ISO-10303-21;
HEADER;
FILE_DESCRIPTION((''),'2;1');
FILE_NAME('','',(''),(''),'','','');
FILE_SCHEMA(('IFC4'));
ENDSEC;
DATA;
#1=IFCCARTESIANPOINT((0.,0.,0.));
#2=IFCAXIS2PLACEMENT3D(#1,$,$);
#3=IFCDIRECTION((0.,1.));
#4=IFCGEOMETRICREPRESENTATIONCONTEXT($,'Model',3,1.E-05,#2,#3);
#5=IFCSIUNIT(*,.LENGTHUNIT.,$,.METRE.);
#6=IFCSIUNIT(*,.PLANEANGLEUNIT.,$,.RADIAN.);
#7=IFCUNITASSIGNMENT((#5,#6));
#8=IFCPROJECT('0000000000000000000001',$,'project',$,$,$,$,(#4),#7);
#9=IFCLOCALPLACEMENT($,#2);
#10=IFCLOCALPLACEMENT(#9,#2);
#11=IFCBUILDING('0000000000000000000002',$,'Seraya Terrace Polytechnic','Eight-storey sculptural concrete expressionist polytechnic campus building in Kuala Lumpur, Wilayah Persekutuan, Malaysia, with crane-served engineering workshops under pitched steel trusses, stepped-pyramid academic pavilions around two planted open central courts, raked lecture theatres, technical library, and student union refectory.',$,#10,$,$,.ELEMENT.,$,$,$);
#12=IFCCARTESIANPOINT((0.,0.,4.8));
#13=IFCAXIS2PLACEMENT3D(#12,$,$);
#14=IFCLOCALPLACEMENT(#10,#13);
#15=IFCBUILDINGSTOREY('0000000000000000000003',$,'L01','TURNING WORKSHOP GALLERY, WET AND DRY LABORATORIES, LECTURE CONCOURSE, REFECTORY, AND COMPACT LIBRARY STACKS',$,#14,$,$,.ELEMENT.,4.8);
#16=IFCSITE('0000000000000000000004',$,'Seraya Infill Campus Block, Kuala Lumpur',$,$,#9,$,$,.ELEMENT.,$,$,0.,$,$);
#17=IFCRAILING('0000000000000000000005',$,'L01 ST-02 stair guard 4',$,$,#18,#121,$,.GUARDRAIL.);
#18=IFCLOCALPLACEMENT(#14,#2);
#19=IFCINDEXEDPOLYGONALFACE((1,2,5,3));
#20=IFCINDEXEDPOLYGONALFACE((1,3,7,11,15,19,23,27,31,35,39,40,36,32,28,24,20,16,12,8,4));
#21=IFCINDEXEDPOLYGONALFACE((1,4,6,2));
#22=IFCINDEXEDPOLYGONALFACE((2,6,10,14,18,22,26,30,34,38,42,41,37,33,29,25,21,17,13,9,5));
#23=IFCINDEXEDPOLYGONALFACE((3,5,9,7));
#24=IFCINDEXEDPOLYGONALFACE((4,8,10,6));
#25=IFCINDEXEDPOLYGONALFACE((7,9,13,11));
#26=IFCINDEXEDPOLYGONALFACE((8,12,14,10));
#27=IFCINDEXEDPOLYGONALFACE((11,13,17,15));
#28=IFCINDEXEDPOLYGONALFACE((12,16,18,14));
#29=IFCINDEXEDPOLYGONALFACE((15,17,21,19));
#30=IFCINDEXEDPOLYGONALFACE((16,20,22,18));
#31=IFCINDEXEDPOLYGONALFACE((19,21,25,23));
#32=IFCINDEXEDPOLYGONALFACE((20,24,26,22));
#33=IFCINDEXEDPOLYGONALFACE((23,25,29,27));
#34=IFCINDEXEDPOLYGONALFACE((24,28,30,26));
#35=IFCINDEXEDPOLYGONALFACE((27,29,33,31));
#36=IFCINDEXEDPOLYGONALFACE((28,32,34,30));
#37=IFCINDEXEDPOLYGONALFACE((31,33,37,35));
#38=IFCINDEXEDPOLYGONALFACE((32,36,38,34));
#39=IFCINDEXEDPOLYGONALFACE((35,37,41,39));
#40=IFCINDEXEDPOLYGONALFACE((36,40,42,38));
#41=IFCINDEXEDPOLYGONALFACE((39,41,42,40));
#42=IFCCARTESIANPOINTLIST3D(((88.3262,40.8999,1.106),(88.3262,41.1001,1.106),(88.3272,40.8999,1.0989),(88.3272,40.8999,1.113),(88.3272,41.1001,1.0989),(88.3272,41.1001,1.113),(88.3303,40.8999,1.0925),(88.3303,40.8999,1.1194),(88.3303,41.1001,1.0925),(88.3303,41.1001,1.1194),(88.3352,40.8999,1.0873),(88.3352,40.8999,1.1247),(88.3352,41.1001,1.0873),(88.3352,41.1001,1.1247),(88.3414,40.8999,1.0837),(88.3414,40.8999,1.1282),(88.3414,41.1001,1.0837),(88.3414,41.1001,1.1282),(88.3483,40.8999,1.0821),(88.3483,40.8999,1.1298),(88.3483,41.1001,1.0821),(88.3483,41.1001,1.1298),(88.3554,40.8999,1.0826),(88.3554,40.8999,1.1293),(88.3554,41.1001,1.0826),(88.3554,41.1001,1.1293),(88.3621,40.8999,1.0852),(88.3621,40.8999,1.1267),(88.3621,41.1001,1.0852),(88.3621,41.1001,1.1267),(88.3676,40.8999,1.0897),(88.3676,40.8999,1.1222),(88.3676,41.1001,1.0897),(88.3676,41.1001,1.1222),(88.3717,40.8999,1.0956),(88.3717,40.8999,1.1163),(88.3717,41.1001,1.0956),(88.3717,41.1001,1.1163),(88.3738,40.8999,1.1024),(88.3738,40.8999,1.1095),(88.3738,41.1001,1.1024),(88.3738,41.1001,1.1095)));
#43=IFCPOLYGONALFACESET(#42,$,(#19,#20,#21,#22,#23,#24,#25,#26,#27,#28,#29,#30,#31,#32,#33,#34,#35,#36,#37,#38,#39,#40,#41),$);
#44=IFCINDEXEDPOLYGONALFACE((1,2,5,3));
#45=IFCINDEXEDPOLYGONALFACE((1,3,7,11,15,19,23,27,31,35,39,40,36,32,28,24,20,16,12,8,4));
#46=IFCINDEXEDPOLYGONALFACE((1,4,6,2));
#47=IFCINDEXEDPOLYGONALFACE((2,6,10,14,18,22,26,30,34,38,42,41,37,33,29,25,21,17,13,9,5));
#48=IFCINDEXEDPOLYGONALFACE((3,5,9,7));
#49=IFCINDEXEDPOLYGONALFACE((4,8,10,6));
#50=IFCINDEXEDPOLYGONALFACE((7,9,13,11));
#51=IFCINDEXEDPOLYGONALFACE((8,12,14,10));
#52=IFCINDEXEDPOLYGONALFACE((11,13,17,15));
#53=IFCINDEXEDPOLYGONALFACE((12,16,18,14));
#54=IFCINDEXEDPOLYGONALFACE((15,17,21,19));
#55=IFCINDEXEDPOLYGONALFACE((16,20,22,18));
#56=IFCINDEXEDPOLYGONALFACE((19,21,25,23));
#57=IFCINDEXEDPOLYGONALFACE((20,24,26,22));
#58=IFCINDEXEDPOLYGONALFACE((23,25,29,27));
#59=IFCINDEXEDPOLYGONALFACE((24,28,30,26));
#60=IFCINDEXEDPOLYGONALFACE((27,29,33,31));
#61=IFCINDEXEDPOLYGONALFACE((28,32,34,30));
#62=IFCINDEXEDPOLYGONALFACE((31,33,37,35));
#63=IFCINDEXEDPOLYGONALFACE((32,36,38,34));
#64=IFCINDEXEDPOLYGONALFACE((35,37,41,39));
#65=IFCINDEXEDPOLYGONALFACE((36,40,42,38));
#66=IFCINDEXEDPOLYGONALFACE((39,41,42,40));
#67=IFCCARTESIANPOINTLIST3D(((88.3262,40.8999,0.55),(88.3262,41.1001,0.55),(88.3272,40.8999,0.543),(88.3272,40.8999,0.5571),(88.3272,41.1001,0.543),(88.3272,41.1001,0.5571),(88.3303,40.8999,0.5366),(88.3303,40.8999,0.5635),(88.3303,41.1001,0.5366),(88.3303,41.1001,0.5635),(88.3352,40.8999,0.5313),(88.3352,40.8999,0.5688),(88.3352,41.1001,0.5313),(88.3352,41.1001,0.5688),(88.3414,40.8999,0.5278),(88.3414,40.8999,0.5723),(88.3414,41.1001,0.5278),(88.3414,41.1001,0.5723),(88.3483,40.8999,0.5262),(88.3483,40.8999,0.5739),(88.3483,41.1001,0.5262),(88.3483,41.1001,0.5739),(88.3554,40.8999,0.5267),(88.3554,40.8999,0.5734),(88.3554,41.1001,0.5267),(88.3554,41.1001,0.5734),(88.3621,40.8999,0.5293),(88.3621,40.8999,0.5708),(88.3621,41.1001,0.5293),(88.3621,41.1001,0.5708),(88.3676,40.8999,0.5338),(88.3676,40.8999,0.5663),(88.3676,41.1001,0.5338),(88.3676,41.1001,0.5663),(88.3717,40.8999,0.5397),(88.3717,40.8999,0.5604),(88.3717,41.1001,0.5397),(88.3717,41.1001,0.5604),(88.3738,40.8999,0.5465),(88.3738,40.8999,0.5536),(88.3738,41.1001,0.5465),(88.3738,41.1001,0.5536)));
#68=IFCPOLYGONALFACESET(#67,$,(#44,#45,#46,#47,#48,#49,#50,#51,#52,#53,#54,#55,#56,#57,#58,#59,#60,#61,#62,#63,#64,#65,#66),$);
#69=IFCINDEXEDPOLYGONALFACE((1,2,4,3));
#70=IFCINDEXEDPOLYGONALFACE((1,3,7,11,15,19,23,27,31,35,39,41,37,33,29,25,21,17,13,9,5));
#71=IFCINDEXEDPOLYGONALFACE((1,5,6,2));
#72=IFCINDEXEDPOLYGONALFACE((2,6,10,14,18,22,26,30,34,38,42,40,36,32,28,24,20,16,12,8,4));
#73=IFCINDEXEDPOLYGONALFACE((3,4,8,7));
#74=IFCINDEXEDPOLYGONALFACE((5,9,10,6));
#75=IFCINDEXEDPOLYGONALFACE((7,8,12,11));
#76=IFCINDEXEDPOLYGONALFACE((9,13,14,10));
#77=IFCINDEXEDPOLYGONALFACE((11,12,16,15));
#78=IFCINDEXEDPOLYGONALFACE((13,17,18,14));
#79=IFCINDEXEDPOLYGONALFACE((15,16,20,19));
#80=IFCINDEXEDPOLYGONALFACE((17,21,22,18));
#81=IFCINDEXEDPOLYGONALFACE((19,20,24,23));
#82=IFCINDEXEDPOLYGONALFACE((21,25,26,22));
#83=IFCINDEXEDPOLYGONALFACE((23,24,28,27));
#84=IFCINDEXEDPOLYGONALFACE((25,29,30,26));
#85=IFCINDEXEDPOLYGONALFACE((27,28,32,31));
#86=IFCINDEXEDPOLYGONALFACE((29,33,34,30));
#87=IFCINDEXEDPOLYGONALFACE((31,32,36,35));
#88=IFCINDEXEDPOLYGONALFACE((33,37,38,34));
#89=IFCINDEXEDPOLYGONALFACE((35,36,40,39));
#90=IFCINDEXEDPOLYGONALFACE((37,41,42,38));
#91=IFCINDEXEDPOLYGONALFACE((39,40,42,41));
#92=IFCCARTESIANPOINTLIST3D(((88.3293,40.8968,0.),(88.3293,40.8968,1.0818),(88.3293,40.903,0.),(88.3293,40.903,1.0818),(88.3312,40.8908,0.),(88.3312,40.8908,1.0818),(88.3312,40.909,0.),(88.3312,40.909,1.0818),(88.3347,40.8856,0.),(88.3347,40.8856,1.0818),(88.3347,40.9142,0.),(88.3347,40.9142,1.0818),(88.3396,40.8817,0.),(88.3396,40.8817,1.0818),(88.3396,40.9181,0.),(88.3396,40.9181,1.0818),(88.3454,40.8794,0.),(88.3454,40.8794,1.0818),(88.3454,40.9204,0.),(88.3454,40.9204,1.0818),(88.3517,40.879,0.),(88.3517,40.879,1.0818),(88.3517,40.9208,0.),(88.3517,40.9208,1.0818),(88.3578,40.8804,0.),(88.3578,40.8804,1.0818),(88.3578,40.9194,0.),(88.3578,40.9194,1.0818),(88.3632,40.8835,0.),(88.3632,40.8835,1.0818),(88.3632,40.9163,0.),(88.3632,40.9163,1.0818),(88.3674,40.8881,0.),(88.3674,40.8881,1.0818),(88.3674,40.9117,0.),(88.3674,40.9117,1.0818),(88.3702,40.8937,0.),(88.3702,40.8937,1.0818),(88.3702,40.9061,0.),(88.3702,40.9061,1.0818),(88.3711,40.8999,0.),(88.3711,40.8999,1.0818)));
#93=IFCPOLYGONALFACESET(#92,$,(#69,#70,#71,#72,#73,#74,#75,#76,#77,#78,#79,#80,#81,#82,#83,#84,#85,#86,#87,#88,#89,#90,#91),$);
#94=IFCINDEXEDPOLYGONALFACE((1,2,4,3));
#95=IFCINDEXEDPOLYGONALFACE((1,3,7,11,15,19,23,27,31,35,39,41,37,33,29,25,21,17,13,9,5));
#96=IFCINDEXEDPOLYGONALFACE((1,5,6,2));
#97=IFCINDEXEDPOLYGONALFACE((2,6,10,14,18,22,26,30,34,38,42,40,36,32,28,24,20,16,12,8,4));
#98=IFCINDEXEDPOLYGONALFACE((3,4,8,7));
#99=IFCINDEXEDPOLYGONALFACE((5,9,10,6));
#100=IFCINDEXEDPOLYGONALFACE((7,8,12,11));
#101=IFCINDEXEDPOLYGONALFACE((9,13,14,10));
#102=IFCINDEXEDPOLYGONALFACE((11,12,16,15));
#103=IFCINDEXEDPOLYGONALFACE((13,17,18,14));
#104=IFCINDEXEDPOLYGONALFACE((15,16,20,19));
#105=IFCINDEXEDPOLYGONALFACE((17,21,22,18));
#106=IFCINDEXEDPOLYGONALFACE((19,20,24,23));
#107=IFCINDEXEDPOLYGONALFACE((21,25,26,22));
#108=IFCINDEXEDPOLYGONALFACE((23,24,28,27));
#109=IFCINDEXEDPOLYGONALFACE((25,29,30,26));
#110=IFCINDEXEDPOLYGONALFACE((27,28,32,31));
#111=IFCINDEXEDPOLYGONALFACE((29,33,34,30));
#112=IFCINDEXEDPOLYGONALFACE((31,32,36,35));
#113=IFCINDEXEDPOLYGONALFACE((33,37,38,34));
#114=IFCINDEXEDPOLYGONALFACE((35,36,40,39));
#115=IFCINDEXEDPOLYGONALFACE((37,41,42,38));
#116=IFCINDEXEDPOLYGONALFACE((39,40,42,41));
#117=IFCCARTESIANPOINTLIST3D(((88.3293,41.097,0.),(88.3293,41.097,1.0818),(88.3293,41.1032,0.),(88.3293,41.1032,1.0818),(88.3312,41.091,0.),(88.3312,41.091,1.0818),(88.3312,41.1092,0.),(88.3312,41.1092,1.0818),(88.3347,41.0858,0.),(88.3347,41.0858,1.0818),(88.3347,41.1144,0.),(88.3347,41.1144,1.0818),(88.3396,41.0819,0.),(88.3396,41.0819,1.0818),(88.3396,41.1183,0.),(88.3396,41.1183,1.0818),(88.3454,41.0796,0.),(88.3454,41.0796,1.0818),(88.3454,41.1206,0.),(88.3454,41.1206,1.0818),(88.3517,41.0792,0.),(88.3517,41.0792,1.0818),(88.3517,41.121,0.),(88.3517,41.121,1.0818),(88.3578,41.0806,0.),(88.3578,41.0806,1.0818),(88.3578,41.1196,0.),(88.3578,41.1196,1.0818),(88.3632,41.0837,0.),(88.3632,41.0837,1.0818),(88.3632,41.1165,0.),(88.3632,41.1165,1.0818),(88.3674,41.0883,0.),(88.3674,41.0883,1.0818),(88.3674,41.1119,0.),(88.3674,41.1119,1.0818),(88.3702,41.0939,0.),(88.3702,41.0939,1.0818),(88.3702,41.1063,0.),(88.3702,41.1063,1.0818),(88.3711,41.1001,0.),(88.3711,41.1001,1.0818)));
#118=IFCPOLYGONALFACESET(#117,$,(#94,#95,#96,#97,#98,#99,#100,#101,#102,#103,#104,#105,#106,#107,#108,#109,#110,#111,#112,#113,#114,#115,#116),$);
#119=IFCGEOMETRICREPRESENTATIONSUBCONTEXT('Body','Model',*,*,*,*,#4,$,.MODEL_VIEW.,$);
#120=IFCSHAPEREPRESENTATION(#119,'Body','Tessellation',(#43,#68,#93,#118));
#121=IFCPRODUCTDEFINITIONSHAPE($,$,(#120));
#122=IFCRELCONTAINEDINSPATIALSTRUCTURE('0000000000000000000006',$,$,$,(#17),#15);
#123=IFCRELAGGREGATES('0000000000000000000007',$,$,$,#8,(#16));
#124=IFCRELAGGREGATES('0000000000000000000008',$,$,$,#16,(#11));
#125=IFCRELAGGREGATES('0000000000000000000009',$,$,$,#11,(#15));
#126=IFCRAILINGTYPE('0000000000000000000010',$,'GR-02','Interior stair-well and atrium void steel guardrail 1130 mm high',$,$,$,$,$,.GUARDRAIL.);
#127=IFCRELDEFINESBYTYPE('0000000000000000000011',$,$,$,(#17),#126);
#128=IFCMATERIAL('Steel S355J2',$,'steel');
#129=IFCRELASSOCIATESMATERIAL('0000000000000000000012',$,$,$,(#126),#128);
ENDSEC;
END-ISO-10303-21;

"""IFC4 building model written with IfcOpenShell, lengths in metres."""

from ifc_helpers import new_model, si_unit, direction, frame, origin, origin_2d, place, context, subcontext, project, spatial, circle, extrude, material, type_object, element, save


model = new_model("IFC4")

# Units and contexts
model_context = context("Model", 3, precision=1e-05, world=origin(), true_north=direction((0.0, 1.0)))
body_context = subcontext(model_context, "Body", "Model", "MODEL_VIEW")
ifc_project = project(units=[si_unit("LENGTHUNIT", "METRE"), si_unit("PLANEANGLEUNIT", "RADIAN")], contexts=[model_context])

# Site, building, storey
site_placement = place(None, origin())
site = spatial("IfcSite", under=ifc_project, at=site_placement, Name="Seraya Infill Campus Block, Kuala Lumpur", CompositionType="ELEMENT", RefElevation=0.0)
building_placement = place(site_placement, origin())
building = spatial("IfcBuilding", under=site, at=building_placement, Name="Seraya Terrace Polytechnic", Description="Eight-storey sculptural concrete expressionist polytechnic campus building in Kuala Lumpur, Wilayah Persekutuan, Malaysia, with crane-served engineering workshops under pitched steel trusses, stepped-pyramid academic pavilions around two planted open central courts, raked lecture theatres, technical library, and student union refectory.", CompositionType="ELEMENT")
storey_placement = place(building_placement, frame((0.0, 0.0, 4.8)))
storey = spatial("IfcBuildingStorey", under=building, at=storey_placement, Name="L01", Description="TURNING WORKSHOP GALLERY, WET AND DRY LABORATORIES, LECTURE CONCOURSE, REFECTORY, AND COMPACT LIBRARY STACKS", CompositionType="ELEMENT", Elevation=4.8)

# Shared definitions
ifc_material_1 = material(Name="Steel S355J2", Category="steel")

# Railing
railing_type_1 = type_object("IfcRailingType", Name="GR-02", Description="Interior stair-well and atrium void steel guardrail 1130 mm high", PredefinedType="GUARDRAIL", material=ifc_material_1)
railing_1_placement = place(storey_placement, frame((88.3501, 40.8999, 0.0)))
element("IfcRailing", 1, at=railing_1_placement, inside=storey, type_object=railing_type_1, Name="L01 ST-02 stair guard 4", PredefinedType="GUARDRAIL", context=body_context, shape_type="SweptSolid", body=[
    extrude(circle(Radius=0.0239, at=origin_2d()), frame((0.0, 0.0, 1.106), z_axis=(0.0, 1.0, 0.0), x_axis=(-1.0, 0.0, 0.0)), (0.0, 0.0, 1.0), 0.2002),
    extrude(circle(Radius=0.0239, at=origin_2d()), frame((0.0, 0.0, 0.55), z_axis=(0.0, 1.0, 0.0), x_axis=(-1.0, 0.0, 0.0)), (0.0, 0.0, 1.0), 0.2002),
    extrude(circle(Radius=0.021, at=origin_2d()), origin(), (0.0, 0.0, 1.0), 1.0818),
    extrude(circle(Radius=0.021, at=origin_2d()), frame((0.0, 0.2002, 0.0)), (0.0, 0.0, 1.0), 1.0818),
])

save(model, "model.ifc")
